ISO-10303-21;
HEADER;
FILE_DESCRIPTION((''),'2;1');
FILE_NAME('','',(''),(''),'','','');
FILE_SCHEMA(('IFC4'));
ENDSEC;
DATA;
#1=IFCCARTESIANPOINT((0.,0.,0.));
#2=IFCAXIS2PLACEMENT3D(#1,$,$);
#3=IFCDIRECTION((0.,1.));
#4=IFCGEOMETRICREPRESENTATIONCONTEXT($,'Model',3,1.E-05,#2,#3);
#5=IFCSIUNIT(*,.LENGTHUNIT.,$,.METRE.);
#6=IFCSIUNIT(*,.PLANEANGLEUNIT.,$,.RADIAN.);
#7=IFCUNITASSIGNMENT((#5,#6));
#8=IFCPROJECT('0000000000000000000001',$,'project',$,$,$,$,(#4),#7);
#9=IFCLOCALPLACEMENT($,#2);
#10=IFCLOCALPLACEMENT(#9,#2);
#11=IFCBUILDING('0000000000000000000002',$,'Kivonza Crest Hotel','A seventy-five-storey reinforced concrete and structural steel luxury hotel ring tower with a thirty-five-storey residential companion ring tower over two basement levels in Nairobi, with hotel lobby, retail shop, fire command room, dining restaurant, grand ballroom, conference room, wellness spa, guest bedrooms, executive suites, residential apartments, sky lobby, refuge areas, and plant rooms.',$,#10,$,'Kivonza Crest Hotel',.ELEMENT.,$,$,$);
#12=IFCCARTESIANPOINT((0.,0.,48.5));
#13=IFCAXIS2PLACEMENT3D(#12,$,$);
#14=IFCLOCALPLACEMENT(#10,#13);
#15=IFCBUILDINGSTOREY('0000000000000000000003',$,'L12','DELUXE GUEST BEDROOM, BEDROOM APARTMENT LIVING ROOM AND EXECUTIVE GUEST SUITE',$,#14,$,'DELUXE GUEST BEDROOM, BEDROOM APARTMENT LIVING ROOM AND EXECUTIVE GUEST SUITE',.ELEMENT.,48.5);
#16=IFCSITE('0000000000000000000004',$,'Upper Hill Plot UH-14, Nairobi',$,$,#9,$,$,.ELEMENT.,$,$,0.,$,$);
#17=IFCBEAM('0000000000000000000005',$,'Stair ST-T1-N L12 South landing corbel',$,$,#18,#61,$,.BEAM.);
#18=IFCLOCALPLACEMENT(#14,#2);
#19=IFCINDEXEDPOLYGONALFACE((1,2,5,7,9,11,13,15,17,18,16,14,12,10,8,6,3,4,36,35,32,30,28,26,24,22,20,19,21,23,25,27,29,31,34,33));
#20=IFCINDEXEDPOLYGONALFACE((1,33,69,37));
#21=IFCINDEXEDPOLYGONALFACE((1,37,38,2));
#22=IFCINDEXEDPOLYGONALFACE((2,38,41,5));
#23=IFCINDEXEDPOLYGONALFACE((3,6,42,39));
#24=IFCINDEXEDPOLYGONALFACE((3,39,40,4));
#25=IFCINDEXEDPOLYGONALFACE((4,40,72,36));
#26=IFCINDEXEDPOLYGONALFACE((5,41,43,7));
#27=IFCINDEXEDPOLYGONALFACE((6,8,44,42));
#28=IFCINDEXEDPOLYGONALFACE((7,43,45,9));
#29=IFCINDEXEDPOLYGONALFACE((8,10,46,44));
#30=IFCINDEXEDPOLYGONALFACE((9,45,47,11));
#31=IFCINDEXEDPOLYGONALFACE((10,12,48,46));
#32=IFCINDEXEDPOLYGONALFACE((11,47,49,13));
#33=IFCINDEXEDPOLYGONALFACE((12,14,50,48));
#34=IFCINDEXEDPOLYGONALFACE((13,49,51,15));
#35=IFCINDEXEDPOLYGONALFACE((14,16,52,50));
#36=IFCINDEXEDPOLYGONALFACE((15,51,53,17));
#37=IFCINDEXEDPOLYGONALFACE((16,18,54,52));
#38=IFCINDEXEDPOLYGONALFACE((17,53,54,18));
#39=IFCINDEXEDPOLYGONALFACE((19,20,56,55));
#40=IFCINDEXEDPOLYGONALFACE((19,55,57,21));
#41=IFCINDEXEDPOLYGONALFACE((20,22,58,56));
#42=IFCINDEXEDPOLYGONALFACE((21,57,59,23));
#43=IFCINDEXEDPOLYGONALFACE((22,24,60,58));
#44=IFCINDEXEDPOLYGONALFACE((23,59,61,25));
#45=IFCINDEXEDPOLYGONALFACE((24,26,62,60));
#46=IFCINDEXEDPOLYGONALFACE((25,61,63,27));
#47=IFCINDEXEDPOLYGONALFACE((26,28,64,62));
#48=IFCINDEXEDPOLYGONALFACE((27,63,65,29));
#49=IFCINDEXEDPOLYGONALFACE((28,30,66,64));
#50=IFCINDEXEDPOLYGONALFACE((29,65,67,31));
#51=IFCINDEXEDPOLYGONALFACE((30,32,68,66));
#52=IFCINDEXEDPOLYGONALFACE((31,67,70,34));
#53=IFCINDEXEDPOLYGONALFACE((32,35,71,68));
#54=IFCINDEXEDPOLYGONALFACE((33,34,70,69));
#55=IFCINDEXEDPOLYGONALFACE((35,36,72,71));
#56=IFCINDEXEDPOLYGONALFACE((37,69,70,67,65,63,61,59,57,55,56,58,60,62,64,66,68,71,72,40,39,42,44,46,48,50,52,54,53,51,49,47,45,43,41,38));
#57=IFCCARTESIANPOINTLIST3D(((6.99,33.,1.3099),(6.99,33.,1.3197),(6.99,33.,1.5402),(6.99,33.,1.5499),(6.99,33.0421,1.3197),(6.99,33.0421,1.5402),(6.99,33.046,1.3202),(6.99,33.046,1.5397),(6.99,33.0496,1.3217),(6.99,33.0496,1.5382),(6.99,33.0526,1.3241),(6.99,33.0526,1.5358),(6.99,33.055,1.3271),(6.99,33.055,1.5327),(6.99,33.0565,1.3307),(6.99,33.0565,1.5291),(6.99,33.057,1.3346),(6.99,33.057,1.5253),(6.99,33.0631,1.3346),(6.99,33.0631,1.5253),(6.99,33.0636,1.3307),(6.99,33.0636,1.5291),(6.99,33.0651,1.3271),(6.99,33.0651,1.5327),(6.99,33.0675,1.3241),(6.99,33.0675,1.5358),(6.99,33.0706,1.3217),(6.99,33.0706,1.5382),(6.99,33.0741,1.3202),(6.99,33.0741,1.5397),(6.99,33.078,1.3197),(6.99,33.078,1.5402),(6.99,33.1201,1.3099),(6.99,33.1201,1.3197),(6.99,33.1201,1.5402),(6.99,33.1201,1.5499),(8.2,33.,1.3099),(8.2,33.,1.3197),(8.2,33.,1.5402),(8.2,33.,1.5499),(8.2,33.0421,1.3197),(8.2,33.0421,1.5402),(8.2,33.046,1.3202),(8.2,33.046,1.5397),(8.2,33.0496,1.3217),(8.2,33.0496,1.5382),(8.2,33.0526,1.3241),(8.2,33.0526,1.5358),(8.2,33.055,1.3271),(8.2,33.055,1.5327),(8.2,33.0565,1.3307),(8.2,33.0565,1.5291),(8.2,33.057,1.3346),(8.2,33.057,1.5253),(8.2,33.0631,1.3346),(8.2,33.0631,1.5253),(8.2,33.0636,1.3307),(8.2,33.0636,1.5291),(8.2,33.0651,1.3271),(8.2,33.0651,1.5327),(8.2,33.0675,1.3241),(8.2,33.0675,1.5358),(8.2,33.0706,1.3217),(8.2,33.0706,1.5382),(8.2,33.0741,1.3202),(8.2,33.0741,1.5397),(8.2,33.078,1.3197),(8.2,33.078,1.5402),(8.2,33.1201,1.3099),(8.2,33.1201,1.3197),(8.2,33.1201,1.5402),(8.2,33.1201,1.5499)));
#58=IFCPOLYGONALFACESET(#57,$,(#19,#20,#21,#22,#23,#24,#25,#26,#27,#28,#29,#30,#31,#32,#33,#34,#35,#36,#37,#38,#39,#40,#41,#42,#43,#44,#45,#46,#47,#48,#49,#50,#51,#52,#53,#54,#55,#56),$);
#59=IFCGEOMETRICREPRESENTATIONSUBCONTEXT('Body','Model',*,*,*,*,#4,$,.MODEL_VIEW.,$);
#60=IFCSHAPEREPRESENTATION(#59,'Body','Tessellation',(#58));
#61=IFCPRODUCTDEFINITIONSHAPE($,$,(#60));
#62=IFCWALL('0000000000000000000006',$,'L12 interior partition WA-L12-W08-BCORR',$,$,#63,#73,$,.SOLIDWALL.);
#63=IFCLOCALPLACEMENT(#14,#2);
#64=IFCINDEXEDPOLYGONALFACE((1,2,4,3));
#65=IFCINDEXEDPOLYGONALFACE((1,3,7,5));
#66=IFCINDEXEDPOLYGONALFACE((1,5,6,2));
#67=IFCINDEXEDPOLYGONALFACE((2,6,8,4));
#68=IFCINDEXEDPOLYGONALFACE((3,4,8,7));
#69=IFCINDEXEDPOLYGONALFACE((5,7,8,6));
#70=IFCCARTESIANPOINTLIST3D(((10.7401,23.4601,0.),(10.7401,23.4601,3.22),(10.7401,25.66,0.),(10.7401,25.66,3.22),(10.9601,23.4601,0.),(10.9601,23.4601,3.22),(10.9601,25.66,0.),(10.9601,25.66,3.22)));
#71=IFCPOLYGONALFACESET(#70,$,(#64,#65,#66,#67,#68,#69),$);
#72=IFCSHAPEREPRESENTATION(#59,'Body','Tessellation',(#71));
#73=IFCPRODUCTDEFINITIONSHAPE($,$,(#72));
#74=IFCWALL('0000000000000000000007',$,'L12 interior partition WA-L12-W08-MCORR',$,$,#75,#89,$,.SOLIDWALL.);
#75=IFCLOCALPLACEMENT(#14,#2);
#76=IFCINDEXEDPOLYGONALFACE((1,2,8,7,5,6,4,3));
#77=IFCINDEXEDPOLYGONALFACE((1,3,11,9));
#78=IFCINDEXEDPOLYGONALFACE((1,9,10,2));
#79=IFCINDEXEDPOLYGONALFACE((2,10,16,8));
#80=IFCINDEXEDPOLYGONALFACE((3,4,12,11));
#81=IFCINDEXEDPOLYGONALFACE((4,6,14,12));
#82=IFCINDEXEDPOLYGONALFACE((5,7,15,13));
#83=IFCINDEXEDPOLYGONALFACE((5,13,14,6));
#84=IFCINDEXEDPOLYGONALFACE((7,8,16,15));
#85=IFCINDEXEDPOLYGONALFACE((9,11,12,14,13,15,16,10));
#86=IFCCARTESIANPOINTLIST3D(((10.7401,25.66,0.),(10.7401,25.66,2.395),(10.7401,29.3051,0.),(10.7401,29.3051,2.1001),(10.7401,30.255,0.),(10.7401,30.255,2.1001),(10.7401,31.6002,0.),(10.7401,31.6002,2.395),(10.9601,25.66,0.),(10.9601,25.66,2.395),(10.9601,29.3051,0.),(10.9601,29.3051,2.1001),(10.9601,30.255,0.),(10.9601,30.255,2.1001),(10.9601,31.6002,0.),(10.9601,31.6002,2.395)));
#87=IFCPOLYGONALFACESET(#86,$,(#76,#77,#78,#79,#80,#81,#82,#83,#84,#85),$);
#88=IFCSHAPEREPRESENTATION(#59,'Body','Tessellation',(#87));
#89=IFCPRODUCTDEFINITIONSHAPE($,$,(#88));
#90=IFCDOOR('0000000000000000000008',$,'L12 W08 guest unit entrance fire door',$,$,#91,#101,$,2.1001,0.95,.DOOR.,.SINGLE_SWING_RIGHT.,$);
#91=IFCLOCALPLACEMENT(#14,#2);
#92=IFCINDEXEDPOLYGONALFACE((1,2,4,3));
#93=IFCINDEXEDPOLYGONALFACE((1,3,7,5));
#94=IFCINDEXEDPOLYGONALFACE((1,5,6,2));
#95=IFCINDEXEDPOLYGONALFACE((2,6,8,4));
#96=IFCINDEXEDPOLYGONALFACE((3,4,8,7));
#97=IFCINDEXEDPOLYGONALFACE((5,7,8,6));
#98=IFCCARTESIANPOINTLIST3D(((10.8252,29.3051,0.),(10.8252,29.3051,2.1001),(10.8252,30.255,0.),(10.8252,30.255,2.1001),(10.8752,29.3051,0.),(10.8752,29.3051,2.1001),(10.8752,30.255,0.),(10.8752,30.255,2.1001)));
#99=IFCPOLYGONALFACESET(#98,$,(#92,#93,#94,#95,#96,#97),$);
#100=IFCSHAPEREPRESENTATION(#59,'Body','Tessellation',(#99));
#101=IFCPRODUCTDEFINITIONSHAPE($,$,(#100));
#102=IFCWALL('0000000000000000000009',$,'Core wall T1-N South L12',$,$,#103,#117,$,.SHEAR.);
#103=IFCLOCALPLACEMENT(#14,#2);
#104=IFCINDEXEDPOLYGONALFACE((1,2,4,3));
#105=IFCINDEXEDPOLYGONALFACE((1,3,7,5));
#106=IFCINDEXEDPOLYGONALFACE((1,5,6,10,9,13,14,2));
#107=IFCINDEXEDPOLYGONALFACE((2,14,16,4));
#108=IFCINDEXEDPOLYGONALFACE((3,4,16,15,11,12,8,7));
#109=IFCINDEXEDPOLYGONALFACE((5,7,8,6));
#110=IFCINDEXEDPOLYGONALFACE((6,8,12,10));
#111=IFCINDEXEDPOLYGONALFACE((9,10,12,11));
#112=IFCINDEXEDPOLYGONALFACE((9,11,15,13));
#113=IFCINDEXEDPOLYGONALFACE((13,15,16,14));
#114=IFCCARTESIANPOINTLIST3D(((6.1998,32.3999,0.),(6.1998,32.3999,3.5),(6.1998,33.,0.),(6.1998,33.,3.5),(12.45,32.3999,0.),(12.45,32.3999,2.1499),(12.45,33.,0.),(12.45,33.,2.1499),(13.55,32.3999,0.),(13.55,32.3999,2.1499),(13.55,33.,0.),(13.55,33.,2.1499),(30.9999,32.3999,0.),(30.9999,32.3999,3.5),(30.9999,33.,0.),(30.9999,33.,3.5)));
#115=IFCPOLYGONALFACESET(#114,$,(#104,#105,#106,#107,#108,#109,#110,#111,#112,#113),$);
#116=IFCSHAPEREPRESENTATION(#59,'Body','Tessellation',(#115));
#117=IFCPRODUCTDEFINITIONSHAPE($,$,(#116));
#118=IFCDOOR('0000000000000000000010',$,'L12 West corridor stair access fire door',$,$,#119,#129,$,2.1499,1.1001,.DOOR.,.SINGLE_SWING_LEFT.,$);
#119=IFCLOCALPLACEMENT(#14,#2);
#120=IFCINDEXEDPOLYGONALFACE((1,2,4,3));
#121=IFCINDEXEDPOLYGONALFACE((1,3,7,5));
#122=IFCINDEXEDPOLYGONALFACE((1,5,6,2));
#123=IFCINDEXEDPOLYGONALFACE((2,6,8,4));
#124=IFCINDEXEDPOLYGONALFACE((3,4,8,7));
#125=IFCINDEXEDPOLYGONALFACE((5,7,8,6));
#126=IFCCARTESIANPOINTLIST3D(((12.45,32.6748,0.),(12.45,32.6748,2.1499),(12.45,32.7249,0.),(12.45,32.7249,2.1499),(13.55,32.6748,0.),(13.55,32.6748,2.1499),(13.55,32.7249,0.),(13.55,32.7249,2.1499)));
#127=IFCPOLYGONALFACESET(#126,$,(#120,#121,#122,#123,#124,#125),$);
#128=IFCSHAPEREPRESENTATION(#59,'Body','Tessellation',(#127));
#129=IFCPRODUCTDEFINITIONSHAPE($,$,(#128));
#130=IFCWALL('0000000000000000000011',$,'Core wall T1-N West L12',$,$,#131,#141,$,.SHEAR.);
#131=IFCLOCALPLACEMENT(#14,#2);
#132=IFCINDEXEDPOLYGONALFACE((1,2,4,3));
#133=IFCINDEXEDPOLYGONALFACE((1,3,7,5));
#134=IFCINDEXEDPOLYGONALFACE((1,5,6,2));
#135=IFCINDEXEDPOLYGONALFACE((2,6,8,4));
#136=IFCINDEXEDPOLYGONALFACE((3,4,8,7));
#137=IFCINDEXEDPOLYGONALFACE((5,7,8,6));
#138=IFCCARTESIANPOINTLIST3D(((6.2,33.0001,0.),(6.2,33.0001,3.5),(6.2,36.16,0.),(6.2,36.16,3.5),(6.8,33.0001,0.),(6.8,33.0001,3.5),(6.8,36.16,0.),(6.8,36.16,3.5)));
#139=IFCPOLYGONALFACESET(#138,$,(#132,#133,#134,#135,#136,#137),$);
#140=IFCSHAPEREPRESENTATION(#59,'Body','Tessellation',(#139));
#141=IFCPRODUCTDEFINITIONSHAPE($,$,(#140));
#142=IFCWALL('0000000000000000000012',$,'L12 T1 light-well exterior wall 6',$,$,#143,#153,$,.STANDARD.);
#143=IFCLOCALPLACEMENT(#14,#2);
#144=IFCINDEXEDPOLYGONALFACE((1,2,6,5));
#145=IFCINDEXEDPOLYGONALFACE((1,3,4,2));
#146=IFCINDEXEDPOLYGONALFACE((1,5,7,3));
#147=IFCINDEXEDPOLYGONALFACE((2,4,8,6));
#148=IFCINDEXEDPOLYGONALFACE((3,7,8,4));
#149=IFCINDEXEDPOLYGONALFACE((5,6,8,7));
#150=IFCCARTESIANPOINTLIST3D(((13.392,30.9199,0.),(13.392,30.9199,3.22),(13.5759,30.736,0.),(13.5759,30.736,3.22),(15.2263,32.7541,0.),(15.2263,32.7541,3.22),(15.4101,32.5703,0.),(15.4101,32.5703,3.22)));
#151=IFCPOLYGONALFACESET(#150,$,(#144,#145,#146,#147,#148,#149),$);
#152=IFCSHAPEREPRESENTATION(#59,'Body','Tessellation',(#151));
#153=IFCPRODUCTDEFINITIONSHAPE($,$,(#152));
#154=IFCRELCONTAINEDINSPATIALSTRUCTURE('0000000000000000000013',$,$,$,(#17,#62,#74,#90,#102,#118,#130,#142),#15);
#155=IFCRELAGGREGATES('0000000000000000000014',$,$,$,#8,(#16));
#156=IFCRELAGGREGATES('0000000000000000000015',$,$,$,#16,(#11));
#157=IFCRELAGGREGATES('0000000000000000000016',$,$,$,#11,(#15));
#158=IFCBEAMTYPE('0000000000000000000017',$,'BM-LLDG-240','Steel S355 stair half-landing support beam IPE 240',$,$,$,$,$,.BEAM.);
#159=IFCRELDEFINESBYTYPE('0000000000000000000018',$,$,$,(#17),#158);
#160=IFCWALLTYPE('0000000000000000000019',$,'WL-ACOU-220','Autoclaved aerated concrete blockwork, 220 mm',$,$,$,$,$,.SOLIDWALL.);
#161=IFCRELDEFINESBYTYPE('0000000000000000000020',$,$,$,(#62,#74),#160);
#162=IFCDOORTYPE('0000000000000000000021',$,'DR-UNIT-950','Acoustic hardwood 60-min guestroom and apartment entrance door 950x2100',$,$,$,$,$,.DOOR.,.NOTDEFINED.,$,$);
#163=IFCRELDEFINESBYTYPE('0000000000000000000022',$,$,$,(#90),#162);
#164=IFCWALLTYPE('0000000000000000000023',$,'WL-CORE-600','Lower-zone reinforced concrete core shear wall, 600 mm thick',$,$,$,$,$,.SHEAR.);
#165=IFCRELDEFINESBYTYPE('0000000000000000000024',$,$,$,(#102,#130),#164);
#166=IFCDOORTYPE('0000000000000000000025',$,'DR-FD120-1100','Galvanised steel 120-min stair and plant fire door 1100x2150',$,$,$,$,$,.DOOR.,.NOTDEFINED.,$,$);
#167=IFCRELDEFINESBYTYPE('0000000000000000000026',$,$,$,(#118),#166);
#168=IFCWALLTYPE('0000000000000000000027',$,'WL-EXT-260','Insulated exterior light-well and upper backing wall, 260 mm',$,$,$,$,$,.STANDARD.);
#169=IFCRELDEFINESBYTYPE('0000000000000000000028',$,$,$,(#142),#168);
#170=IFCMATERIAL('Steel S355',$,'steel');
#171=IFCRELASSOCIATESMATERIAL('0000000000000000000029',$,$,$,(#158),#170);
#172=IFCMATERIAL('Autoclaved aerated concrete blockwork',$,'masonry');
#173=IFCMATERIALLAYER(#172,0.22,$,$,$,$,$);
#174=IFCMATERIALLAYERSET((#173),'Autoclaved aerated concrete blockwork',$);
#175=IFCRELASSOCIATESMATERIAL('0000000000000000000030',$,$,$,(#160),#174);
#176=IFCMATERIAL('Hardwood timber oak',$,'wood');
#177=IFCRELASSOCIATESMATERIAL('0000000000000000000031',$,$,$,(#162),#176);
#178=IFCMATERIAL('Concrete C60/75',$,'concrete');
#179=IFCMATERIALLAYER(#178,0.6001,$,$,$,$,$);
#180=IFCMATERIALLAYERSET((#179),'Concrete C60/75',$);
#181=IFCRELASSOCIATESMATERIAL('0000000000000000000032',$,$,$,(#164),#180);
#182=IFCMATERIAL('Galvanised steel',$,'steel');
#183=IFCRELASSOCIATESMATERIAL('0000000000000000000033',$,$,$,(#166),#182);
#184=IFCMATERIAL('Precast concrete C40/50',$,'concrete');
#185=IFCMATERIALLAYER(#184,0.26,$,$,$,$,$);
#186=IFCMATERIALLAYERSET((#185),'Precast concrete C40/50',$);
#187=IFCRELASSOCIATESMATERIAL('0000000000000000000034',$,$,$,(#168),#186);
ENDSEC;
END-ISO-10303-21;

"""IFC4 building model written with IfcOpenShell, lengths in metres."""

from ifc_helpers import new_model, si_unit, direction, frame, frame_2d, origin, origin_2d, place, context, subcontext, project, spatial, rectangle, i_section, extrude, material, layer, layer_set, material_profile, profile_set, type_object, element, fill, save


model = new_model("IFC4")

# Units and contexts
model_context = context("Model", 3, precision=1e-05, world=origin(), true_north=direction((0.0, 1.0)))
body_context = subcontext(model_context, "Body", "Model", "MODEL_VIEW")
ifc_project = project(units=[si_unit("LENGTHUNIT", "METRE"), si_unit("PLANEANGLEUNIT", "RADIAN")], contexts=[model_context])

# Site, building, storey
site_placement = place(None, origin())
site = spatial("IfcSite", under=ifc_project, at=site_placement, Name="Upper Hill Plot UH-14, Nairobi", CompositionType="ELEMENT", RefElevation=0.0)
building_placement = place(site_placement, origin())
building = spatial("IfcBuilding", under=site, at=building_placement, Name="Kivonza Crest Hotel", Description="A seventy-five-storey reinforced concrete and structural steel luxury hotel ring tower with a thirty-five-storey residential companion ring tower over two basement levels in Nairobi, with hotel lobby, retail shop, fire command room, dining restaurant, grand ballroom, conference room, wellness spa, guest bedrooms, executive suites, residential apartments, sky lobby, refuge areas, and plant rooms.", LongName="Kivonza Crest Hotel", CompositionType="ELEMENT")
storey_placement = place(building_placement, frame((0.0, 0.0, 48.5)))
storey = spatial("IfcBuildingStorey", under=building, at=storey_placement, Name="L12", Description="DELUXE GUEST BEDROOM, BEDROOM APARTMENT LIVING ROOM AND EXECUTIVE GUEST SUITE", LongName="DELUXE GUEST BEDROOM, BEDROOM APARTMENT LIVING ROOM AND EXECUTIVE GUEST SUITE", CompositionType="ELEMENT", Elevation=48.5)

# Shared definitions
ifc_material_1 = material(Name="Concrete C60/75", Category="concrete")

# Beam
ifc_material_2 = material(Name="Steel S355", Category="steel")
ifc_material_profile_1 = material_profile(ifc_material_2, i_section(OverallWidth=0.1201, OverallDepth=0.24, WebThickness=0.0061, FlangeThickness=0.0098, FilletRadius=0.0149, at=origin_2d()), Name="IPE 240")
ifc_profile_set_1 = profile_set([ifc_material_profile_1], Name="Steel S355")
beam_type_1 = type_object("IfcBeamType", Name="BM-LLDG-240", Description="Steel S355 stair half-landing support beam IPE 240", PredefinedType="BEAM", material=ifc_profile_set_1)
beam_1_placement = place(storey_placement, frame((6.99, 33.0601, 1.4299), z_axis=(1.0, 0.0, 0.0), x_axis=(0.0, 1.0, 0.0)))
element("IfcBeam", 1, at=beam_1_placement, inside=storey, type_object=beam_type_1, Name="Stair ST-T1-N L12 South landing corbel", PredefinedType="BEAM", context=body_context, shape_type="SweptSolid", body=[
    extrude(i_section(OverallWidth=0.1201, OverallDepth=0.24, WebThickness=0.0061, FlangeThickness=0.0098, FilletRadius=0.0149, at=origin_2d()), origin(), (0.0, 0.0, 1.0), 1.21),
])

# Wall
ifc_material_3 = material(Name="Autoclaved aerated concrete blockwork", Category="masonry")
ifc_layer_1 = layer(ifc_material_3, 0.22)
ifc_layer_set_1 = layer_set([ifc_layer_1], Name="Autoclaved aerated concrete blockwork")
wall_type_1 = type_object("IfcWallType", Name="WL-ACOU-220", Description="Autoclaved aerated concrete blockwork, 220 mm", PredefinedType="SOLIDWALL", material=ifc_layer_set_1)
wall_1_placement = place(storey_placement, frame((10.8501, 23.46, 0.0), z_axis=(0.0, 0.0, 1.0), x_axis=(0.0, 1.0, 0.0)))
element("IfcWall", 2, at=wall_1_placement, inside=storey, type_object=wall_type_1, Name="L12 interior partition WA-L12-W08-BCORR", PredefinedType="SOLIDWALL", context=body_context, shape_type="SweptSolid", body=[
    extrude(rectangle(XDim=2.2, YDim=0.22, at=frame_2d((1.1001, 0.0))), origin(), (0.0, 0.0, 1.0), 3.22),
])

# Walls, openings, doors
wall_2_placement = place(storey_placement, frame((10.8501, 25.6599, 0.0), z_axis=(0.0, 0.0, 1.0), x_axis=(0.0, 1.0, 0.0)))
wall_2 = element("IfcWall", 3, at=wall_2_placement, inside=storey, type_object=wall_type_1, Name="L12 interior partition WA-L12-W08-MCORR", PredefinedType="SOLIDWALL", context=body_context, shape_type="SweptSolid", body=[
    extrude(rectangle(XDim=5.9402, YDim=0.22, at=frame_2d((2.9702, 0.0))), origin(), (0.0, 0.0, 1.0), 2.395),
])
opening_1_placement = place(wall_2_placement, frame((3.645, 0.0, 0.0)))
opening_1 = element("IfcOpeningElement", 4, at=opening_1_placement, cuts=wall_2, PredefinedType="OPENING", context=body_context, shape_type="SweptSolid", body=[
    extrude(rectangle(XDim=0.95, YDim=2.1001, at=frame_2d((0.4751, 1.05))), frame((0.0, 0.1201, 0.0), z_axis=(0.0, -1.0, 0.0), x_axis=(1.0, 0.0, 0.0)), (0.0, 0.0, 1.0), 0.24),
])
ifc_material_4 = material(Name="Hardwood timber oak", Category="wood")
door_type_1 = type_object("IfcDoorType", Name="DR-UNIT-950", Description="Acoustic hardwood 60-min guestroom and apartment entrance door 950x2100", OperationType="NOTDEFINED", PredefinedType="DOOR", material=ifc_material_4)
door_1_placement = place(opening_1_placement, origin())
door_1 = element("IfcDoor", 5, at=door_1_placement, inside=storey, type_object=door_type_1, Name="L12 W08 guest unit entrance fire door", OperationType="SINGLE_SWING_RIGHT", OverallHeight=2.1001, OverallWidth=0.95, PredefinedType="DOOR", context=body_context, shape_type="SweptSolid", body=[
    extrude(rectangle(XDim=0.95, YDim=2.1001, at=frame_2d((0.4751, 1.05))), frame((0.0, 0.0249, 0.0), z_axis=(0.0, -1.0, 0.0), x_axis=(1.0, 0.0, 0.0)), (0.0, 0.0, 1.0), 0.05),
])
fill(opening_1, door_1)
ifc_layer_2 = layer(ifc_material_1, 0.6001)
ifc_layer_set_2 = layer_set([ifc_layer_2], Name="Concrete C60/75")
wall_type_2 = type_object("IfcWallType", Name="WL-CORE-600", Description="Lower-zone reinforced concrete core shear wall, 600 mm thick", PredefinedType="SHEAR", material=ifc_layer_set_2)
wall_3_placement = place(storey_placement, frame((6.2, 32.7, 0.0), z_axis=(0.0, 0.0, 1.0), x_axis=(1.0, 0.0, 0.0)))
wall_3 = element("IfcWall", 6, at=wall_3_placement, inside=storey, type_object=wall_type_2, Name="Core wall T1-N South L12", PredefinedType="SHEAR", context=body_context, shape_type="SweptSolid", body=[
    extrude(rectangle(XDim=24.8, YDim=0.6001, at=frame_2d((12.3999, 0.0))), origin(), (0.0, 0.0, 1.0), 3.5),
])
opening_2_placement = place(wall_3_placement, frame((6.25, 0.0, 0.0)))
opening_2 = element("IfcOpeningElement", 7, at=opening_2_placement, cuts=wall_3, PredefinedType="OPENING", context=body_context, shape_type="SweptSolid", body=[
    extrude(rectangle(XDim=1.1001, YDim=2.1499, at=frame_2d((0.55, 1.075))), frame((0.0, 0.3101, 0.0), z_axis=(0.0, -1.0, 0.0), x_axis=(1.0, 0.0, 0.0)), (0.0, 0.0, 1.0), 0.6201),
])
ifc_material_5 = material(Name="Galvanised steel", Category="steel")
door_type_2 = type_object("IfcDoorType", Name="DR-FD120-1100", Description="Galvanised steel 120-min stair and plant fire door 1100x2150", OperationType="NOTDEFINED", PredefinedType="DOOR", material=ifc_material_5)
door_2_placement = place(opening_2_placement, origin())
door_2 = element("IfcDoor", 8, at=door_2_placement, inside=storey, type_object=door_type_2, Name="L12 West corridor stair access fire door", OperationType="SINGLE_SWING_LEFT", OverallHeight=2.1499, OverallWidth=1.1001, PredefinedType="DOOR", context=body_context, shape_type="SweptSolid", body=[
    extrude(rectangle(XDim=1.1001, YDim=2.1499, at=frame_2d((0.55, 1.075))), frame((0.0, 0.0249, 0.0), z_axis=(0.0, -1.0, 0.0), x_axis=(1.0, 0.0, 0.0)), (0.0, 0.0, 1.0), 0.05),
])
fill(opening_2, door_2)

# Walls
wall_4_placement = place(storey_placement, frame((6.5, 33.0, 0.0), z_axis=(0.0, 0.0, 1.0), x_axis=(0.0, 1.0, 0.0)))
element("IfcWall", 9, at=wall_4_placement, inside=storey, type_object=wall_type_2, Name="Core wall T1-N West L12", PredefinedType="SHEAR", context=body_context, shape_type="SweptSolid", body=[
    extrude(rectangle(XDim=3.1599, YDim=0.6001, at=frame_2d((1.5801, 0.0))), origin(), (0.0, 0.0, 1.0), 3.5),
])
ifc_material_6 = material(Name="Precast concrete C40/50", Category="concrete")
ifc_layer_3 = layer(ifc_material_6, 0.26)
ifc_layer_set_3 = layer_set([ifc_layer_3], Name="Precast concrete C40/50")
wall_type_3 = type_object("IfcWallType", Name="WL-EXT-260", Description="Insulated exterior light-well and upper backing wall, 260 mm", PredefinedType="STANDARD", material=ifc_layer_set_3)
wall_5_placement = place(storey_placement, frame((15.3181, 32.6621, 0.0), z_axis=(0.0, 0.0, 1.0), x_axis=(-0.707107, -0.707107, 0.0)))
element("IfcWall", 10, at=wall_5_placement, inside=storey, type_object=wall_type_3, Name="L12 T1 light-well exterior wall 6", PredefinedType="STANDARD", context=body_context, shape_type="SweptSolid", body=[
    extrude(rectangle(XDim=2.594, YDim=0.26, at=frame_2d((1.2969, 0.0))), origin(), (0.0, 0.0, 1.0), 3.22),
])

save(model, "model.ifc")
